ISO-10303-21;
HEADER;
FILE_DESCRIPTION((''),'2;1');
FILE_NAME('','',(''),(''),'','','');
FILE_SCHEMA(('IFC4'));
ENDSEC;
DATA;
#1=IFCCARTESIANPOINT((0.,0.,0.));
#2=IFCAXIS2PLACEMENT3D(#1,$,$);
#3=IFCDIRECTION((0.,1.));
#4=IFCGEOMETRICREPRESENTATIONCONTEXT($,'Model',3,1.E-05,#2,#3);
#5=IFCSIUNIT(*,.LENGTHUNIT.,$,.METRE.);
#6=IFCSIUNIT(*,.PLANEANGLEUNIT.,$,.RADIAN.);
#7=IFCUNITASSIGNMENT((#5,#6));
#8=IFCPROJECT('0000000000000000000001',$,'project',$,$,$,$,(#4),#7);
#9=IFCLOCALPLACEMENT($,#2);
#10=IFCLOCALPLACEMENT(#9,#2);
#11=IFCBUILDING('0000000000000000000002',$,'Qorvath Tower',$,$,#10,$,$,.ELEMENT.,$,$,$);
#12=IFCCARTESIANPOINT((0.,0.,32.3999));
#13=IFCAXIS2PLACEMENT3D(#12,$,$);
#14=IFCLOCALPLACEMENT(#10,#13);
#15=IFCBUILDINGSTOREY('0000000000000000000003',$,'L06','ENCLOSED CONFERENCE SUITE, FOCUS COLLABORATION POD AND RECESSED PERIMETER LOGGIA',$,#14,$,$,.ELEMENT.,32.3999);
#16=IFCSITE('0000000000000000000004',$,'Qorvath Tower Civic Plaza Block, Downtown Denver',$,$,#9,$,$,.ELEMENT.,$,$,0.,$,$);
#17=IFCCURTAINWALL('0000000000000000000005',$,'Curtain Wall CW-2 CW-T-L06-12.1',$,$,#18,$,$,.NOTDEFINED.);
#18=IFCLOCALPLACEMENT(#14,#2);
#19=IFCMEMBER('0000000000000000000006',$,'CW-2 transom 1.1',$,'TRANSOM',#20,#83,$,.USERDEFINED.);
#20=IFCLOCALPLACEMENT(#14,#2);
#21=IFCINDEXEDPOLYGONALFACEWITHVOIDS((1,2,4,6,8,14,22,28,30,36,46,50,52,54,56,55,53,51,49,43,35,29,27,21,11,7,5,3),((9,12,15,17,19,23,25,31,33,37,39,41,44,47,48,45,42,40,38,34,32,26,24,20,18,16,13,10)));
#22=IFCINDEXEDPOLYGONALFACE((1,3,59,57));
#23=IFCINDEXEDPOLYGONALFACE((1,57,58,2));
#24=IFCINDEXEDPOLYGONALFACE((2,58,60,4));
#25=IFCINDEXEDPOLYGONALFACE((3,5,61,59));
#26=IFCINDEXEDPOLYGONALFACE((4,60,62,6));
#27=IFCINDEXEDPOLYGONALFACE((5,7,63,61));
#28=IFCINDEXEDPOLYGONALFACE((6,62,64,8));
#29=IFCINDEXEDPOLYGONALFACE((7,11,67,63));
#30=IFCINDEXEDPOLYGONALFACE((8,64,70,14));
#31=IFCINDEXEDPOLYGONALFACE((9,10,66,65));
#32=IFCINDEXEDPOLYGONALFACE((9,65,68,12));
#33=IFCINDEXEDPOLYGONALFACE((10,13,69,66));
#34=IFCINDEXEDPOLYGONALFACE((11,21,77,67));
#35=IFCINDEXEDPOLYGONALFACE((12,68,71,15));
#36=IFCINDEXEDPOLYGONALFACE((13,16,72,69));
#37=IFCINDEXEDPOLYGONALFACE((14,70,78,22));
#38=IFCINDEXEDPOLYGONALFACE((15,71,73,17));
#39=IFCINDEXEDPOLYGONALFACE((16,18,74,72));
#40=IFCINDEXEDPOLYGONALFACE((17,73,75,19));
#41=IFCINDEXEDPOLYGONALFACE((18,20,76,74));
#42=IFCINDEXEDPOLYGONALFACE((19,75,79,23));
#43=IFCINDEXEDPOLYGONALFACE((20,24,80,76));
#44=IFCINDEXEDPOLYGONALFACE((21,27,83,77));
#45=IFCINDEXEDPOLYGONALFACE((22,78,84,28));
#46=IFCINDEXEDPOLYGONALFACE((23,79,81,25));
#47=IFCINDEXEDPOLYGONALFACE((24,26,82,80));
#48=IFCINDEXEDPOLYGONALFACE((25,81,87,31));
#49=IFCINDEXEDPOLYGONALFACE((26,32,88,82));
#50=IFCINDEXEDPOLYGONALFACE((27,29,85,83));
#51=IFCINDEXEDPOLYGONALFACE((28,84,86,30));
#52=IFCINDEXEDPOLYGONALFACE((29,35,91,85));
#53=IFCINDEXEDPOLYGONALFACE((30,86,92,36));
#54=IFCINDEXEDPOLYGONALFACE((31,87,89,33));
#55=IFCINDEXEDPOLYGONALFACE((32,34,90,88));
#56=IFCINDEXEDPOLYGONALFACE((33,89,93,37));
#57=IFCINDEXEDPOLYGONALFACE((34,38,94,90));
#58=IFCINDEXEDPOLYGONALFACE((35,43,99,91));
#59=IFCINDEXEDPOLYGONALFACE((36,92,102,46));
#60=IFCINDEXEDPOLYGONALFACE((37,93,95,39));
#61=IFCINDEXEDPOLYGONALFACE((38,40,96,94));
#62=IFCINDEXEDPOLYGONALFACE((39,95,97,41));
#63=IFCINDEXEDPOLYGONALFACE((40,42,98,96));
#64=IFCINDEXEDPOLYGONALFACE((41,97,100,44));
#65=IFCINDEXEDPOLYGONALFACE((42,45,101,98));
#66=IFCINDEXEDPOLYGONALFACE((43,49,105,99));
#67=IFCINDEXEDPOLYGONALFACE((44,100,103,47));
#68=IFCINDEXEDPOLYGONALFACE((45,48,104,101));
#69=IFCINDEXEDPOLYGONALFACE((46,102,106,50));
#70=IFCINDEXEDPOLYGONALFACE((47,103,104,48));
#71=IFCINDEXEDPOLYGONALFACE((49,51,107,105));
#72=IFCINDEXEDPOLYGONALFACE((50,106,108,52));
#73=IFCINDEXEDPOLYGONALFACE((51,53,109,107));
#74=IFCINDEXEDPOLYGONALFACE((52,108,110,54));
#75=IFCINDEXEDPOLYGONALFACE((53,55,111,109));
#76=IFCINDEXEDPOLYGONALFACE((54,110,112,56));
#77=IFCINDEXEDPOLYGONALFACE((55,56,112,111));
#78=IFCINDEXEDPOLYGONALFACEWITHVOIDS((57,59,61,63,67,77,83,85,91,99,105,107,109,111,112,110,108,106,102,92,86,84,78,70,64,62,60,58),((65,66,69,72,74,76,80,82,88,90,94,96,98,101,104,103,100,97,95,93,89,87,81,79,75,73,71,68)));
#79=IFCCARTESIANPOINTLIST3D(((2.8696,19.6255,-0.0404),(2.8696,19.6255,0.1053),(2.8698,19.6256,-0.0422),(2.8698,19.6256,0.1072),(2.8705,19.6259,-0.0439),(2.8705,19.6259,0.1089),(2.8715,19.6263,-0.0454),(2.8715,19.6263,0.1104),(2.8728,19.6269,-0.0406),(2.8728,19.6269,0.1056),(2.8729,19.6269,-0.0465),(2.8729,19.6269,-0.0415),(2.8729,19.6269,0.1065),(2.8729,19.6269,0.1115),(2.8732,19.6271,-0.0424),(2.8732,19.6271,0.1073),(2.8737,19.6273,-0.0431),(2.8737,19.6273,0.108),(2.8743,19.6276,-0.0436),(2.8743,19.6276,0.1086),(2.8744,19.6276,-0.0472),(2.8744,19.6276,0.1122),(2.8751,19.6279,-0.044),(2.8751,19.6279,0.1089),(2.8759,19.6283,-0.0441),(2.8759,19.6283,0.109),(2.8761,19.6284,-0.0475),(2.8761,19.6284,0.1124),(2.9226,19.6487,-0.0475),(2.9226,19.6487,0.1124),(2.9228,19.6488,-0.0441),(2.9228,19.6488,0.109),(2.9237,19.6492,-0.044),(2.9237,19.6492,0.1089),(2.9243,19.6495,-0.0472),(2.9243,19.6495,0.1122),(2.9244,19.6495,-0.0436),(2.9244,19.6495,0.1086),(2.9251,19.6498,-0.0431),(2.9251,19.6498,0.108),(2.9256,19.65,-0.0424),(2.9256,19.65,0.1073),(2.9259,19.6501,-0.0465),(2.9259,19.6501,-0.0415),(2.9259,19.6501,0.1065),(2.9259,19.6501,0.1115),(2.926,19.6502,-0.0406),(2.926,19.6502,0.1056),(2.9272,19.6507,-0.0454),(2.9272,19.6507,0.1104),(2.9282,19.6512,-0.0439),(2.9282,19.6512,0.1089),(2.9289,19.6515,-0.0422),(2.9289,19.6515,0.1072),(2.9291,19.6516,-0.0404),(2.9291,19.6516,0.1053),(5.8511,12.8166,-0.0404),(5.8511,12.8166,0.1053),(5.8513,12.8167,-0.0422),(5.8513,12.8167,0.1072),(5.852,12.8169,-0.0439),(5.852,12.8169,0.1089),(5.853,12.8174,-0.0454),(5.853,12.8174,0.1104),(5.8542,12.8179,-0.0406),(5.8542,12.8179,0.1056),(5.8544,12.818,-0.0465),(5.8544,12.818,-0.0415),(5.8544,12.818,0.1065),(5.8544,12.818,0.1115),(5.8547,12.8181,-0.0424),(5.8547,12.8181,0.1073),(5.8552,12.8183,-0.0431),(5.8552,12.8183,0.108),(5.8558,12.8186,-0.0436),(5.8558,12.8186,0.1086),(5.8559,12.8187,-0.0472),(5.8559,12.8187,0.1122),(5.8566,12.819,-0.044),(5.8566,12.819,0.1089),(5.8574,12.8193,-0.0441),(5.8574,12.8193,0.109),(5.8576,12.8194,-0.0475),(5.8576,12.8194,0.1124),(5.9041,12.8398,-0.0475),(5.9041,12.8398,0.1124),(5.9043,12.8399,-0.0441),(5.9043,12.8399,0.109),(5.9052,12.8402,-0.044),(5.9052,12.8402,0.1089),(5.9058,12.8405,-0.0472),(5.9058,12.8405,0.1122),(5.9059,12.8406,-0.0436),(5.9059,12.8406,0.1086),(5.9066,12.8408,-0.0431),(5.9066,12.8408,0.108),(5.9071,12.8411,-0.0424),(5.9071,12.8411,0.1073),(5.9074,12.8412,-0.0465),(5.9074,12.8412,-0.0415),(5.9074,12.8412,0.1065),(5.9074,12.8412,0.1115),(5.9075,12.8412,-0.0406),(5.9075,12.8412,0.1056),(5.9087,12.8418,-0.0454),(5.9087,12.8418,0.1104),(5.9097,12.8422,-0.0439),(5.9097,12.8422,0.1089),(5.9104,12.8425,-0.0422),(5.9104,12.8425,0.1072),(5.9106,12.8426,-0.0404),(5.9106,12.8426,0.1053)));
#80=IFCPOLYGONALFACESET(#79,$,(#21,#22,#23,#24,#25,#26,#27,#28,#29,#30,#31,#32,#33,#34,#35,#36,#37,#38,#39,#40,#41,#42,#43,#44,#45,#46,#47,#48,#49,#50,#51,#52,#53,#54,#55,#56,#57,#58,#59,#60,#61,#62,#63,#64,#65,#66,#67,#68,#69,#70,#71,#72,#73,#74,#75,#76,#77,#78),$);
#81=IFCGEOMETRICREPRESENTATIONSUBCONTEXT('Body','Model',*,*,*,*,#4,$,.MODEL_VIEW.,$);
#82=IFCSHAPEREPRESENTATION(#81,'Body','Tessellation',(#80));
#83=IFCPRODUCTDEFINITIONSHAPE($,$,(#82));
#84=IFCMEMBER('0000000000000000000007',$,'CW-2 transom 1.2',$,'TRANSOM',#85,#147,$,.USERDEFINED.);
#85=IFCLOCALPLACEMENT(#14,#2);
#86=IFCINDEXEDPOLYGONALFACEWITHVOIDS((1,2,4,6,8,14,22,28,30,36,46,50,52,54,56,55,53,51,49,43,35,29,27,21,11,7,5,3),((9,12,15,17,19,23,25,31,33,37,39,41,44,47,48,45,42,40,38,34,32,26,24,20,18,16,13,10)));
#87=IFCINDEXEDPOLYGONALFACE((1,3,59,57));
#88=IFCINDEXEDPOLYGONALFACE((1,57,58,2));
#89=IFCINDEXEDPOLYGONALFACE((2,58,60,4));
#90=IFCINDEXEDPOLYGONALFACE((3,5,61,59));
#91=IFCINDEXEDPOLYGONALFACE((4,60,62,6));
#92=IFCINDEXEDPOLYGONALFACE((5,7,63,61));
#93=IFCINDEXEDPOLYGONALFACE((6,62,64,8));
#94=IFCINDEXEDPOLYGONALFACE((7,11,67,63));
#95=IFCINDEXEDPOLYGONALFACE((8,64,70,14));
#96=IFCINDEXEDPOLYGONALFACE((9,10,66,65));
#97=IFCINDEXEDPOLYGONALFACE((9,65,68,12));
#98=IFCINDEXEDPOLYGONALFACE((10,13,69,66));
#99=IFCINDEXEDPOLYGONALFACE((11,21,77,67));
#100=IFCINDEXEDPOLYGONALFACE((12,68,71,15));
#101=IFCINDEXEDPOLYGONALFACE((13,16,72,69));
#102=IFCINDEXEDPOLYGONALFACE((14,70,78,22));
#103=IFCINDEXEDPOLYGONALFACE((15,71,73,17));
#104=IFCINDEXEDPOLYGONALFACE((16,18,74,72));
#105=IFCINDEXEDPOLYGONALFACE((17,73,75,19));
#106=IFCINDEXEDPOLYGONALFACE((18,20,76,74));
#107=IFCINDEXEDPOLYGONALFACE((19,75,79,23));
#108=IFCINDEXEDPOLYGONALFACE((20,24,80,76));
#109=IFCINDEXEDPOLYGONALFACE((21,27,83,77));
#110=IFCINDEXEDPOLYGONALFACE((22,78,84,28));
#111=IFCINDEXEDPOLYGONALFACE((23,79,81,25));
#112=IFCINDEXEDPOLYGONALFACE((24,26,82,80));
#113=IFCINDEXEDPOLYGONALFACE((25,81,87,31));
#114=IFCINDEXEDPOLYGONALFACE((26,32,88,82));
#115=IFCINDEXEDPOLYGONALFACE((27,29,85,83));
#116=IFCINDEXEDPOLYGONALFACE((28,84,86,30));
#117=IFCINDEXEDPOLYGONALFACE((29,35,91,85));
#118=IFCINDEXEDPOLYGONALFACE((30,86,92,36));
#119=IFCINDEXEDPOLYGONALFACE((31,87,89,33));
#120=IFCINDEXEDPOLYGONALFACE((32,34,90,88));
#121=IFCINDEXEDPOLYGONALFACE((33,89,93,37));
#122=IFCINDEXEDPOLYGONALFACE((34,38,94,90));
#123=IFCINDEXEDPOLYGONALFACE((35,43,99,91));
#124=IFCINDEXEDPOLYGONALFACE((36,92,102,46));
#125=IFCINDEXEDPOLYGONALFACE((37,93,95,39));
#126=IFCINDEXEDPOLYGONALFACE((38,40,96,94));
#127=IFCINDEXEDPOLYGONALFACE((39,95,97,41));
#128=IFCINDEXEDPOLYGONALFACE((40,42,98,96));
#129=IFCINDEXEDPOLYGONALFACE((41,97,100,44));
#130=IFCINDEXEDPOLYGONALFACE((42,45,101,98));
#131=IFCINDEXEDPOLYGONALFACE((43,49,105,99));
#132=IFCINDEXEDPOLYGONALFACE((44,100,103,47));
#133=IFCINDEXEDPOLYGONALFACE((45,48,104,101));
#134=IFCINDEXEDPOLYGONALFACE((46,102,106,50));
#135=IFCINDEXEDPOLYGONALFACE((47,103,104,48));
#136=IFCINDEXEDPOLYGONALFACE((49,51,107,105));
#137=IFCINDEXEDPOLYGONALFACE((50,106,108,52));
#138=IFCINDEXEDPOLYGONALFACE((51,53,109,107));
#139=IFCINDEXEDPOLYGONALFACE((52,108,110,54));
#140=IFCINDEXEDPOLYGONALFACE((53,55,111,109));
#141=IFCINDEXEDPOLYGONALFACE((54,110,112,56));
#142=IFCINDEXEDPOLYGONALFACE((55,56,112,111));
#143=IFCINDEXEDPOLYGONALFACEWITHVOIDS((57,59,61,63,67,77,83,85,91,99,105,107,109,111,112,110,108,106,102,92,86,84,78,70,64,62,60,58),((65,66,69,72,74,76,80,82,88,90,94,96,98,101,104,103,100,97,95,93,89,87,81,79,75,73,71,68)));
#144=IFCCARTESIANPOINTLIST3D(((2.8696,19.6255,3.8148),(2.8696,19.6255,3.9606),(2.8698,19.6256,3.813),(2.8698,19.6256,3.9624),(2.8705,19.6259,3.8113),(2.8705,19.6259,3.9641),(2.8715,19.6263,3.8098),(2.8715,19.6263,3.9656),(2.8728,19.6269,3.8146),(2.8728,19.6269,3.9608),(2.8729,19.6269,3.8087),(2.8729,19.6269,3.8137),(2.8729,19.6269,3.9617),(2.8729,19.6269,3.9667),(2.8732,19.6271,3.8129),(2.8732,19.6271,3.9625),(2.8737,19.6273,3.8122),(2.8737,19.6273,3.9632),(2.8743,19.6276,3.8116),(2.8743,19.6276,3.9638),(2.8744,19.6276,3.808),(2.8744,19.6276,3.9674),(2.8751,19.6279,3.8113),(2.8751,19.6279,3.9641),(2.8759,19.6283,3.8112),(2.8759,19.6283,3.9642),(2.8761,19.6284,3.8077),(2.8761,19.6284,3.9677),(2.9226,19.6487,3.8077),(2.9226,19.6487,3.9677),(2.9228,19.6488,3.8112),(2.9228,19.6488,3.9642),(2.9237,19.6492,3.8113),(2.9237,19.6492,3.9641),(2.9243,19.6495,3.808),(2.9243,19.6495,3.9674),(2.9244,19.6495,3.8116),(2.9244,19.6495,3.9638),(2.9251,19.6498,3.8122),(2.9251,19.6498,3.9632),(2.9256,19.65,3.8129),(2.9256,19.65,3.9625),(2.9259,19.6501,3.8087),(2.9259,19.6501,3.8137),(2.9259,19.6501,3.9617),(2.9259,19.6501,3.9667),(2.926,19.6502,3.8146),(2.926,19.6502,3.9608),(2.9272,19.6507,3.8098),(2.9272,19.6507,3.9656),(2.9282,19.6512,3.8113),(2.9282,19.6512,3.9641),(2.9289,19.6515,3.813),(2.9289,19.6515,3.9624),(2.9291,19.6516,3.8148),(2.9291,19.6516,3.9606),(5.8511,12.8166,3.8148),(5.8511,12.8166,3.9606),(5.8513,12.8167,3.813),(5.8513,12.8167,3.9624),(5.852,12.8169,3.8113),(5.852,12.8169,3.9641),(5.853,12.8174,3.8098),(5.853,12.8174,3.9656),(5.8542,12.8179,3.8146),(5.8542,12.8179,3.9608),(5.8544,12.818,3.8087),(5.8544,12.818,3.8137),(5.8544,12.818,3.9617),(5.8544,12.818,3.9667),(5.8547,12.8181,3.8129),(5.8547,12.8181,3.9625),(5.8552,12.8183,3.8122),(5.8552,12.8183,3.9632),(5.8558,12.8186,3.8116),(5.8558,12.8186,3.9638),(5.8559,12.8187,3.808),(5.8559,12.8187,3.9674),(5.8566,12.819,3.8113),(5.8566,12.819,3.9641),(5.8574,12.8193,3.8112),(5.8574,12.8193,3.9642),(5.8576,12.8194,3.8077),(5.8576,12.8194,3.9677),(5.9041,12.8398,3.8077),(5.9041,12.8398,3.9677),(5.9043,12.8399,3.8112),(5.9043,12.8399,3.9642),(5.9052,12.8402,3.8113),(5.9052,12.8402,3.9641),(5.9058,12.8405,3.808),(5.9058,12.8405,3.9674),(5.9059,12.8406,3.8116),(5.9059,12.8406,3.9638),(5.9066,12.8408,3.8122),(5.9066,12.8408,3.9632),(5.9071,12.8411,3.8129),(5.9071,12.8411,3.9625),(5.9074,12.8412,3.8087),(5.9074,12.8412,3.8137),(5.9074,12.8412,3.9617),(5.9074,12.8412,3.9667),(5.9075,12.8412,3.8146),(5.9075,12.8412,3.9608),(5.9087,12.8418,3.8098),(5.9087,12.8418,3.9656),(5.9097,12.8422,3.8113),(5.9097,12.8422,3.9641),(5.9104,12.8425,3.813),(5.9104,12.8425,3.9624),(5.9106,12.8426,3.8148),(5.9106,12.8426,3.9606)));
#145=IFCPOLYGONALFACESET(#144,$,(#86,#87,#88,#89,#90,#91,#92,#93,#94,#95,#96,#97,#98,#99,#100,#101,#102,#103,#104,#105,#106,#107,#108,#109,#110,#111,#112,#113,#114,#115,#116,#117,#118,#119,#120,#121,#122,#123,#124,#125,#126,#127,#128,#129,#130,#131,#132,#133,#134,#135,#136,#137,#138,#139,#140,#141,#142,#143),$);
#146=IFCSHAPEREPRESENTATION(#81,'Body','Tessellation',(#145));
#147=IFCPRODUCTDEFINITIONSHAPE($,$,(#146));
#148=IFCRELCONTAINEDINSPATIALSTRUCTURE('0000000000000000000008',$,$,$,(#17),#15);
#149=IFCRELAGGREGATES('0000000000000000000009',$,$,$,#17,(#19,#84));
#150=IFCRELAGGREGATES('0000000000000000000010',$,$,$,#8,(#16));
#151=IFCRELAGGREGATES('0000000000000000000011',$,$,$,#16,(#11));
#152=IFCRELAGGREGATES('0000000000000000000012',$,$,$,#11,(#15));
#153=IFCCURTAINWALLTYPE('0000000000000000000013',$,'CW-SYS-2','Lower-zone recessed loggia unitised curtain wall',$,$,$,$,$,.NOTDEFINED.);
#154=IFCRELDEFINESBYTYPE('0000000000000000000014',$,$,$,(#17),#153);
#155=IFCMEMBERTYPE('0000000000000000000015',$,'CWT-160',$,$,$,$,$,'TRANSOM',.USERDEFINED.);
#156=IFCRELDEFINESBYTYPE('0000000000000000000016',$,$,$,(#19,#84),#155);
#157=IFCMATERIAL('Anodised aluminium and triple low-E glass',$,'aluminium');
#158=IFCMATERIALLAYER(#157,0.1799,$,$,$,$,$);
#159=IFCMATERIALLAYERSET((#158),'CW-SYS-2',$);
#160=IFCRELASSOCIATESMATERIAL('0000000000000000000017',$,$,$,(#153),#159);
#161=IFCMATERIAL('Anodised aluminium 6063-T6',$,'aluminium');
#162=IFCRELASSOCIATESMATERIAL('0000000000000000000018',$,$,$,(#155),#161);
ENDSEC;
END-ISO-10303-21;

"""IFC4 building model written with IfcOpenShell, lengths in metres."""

from ifc_helpers import new_model, si_unit, direction, frame, origin, origin_2d, place, context, subcontext, project, spatial, hollow_rectangle, extrude, material, layer, layer_set, material_profile, profile_set, type_object, element, aggregate, save


model = new_model("IFC4")

# Units and contexts
model_context = context("Model", 3, precision=1e-05, world=origin(), true_north=direction((0.0, 1.0)))
body_context = subcontext(model_context, "Body", "Model", "MODEL_VIEW")
ifc_project = project(units=[si_unit("LENGTHUNIT", "METRE"), si_unit("PLANEANGLEUNIT", "RADIAN")], contexts=[model_context])

# Site, building, storey
site_placement = place(None, origin())
site = spatial("IfcSite", under=ifc_project, at=site_placement, Name="Qorvath Tower Civic Plaza Block, Downtown Denver", CompositionType="ELEMENT", RefElevation=0.0)
building_placement = place(site_placement, origin())
building = spatial("IfcBuilding", under=site, at=building_placement, Name="Qorvath Tower", CompositionType="ELEMENT")
storey_placement = place(building_placement, frame((0.0, 0.0, 32.3999)))
storey = spatial("IfcBuildingStorey", under=building, at=storey_placement, Name="L06", Description="ENCLOSED CONFERENCE SUITE, FOCUS COLLABORATION POD AND RECESSED PERIMETER LOGGIA", CompositionType="ELEMENT", Elevation=32.3999)

# Shared definitions
ifc_material_1 = material(Name="Anodised aluminium and triple low-E glass", Category="aluminium")
ifc_layer_1 = layer(ifc_material_1, 0.1799)
ifc_layer_set_1 = layer_set([ifc_layer_1], Name="CW-SYS-2")
curtain_wall_type = type_object("IfcCurtainWallType", Name="CW-SYS-2", Description="Lower-zone recessed loggia unitised curtain wall", PredefinedType="NOTDEFINED", material=ifc_layer_set_1)

# Curtain wall
curtain_wall_1_placement = place(storey_placement, origin())
curtain_wall_1 = element("IfcCurtainWall", 1, at=curtain_wall_1_placement, inside=storey, type_object=curtain_wall_type, Name="Curtain Wall CW-2 CW-T-L06-12.1", PredefinedType="NOTDEFINED")

# Members
ifc_material_2 = material(Name="Anodised aluminium 6063-T6", Category="aluminium")
ifc_material_profile_1 = material_profile(ifc_material_2, hollow_rectangle(XDim=0.0649, YDim=0.1599, WallThickness=0.0034, InnerFilletRadius=0.0034, OuterFilletRadius=0.0071, at=origin_2d()), Name="CWT 160x65")
ifc_profile_set_1 = profile_set([ifc_material_profile_1], Name="Anodised aluminium 6063-T6")
member_type_1 = type_object("IfcMemberType", Name="CWT-160", ElementType="TRANSOM", PredefinedType="USERDEFINED", material=ifc_profile_set_1)
member_1_placement = place(storey_placement, frame((5.8809, 12.8296, 0.0325), z_axis=(-0.40111, 0.91603, 0.0), x_axis=(-0.91603, -0.40111, 0.0)))
member_1 = element("IfcMember", 2, at=member_1_placement, type_object=member_type_1, Name="CW-2 transom 1.1", ObjectType="TRANSOM", PredefinedType="USERDEFINED", context=body_context, shape_type="SweptSolid", body=[
    extrude(hollow_rectangle(XDim=0.0649, YDim=0.1599, WallThickness=0.0034, InnerFilletRadius=0.0034, OuterFilletRadius=0.0071, at=origin_2d()), origin(), (0.0, 0.0, 1.0), 7.4331),
])
member_2_placement = place(storey_placement, frame((5.8809, 12.8296, 3.8877), z_axis=(-0.40111, 0.91603, 0.0), x_axis=(-0.91603, -0.40111, 0.0)))
member_2 = element("IfcMember", 3, at=member_2_placement, type_object=member_type_1, Name="CW-2 transom 1.2", ObjectType="TRANSOM", PredefinedType="USERDEFINED", context=body_context, shape_type="SweptSolid", body=[
    extrude(hollow_rectangle(XDim=0.0649, YDim=0.1599, WallThickness=0.0034, InnerFilletRadius=0.0034, OuterFilletRadius=0.0071, at=origin_2d()), origin(), (0.0, 0.0, 1.0), 7.4331),
])

aggregate(curtain_wall_1, [member_1, member_2])

save(model, "model.ifc")
